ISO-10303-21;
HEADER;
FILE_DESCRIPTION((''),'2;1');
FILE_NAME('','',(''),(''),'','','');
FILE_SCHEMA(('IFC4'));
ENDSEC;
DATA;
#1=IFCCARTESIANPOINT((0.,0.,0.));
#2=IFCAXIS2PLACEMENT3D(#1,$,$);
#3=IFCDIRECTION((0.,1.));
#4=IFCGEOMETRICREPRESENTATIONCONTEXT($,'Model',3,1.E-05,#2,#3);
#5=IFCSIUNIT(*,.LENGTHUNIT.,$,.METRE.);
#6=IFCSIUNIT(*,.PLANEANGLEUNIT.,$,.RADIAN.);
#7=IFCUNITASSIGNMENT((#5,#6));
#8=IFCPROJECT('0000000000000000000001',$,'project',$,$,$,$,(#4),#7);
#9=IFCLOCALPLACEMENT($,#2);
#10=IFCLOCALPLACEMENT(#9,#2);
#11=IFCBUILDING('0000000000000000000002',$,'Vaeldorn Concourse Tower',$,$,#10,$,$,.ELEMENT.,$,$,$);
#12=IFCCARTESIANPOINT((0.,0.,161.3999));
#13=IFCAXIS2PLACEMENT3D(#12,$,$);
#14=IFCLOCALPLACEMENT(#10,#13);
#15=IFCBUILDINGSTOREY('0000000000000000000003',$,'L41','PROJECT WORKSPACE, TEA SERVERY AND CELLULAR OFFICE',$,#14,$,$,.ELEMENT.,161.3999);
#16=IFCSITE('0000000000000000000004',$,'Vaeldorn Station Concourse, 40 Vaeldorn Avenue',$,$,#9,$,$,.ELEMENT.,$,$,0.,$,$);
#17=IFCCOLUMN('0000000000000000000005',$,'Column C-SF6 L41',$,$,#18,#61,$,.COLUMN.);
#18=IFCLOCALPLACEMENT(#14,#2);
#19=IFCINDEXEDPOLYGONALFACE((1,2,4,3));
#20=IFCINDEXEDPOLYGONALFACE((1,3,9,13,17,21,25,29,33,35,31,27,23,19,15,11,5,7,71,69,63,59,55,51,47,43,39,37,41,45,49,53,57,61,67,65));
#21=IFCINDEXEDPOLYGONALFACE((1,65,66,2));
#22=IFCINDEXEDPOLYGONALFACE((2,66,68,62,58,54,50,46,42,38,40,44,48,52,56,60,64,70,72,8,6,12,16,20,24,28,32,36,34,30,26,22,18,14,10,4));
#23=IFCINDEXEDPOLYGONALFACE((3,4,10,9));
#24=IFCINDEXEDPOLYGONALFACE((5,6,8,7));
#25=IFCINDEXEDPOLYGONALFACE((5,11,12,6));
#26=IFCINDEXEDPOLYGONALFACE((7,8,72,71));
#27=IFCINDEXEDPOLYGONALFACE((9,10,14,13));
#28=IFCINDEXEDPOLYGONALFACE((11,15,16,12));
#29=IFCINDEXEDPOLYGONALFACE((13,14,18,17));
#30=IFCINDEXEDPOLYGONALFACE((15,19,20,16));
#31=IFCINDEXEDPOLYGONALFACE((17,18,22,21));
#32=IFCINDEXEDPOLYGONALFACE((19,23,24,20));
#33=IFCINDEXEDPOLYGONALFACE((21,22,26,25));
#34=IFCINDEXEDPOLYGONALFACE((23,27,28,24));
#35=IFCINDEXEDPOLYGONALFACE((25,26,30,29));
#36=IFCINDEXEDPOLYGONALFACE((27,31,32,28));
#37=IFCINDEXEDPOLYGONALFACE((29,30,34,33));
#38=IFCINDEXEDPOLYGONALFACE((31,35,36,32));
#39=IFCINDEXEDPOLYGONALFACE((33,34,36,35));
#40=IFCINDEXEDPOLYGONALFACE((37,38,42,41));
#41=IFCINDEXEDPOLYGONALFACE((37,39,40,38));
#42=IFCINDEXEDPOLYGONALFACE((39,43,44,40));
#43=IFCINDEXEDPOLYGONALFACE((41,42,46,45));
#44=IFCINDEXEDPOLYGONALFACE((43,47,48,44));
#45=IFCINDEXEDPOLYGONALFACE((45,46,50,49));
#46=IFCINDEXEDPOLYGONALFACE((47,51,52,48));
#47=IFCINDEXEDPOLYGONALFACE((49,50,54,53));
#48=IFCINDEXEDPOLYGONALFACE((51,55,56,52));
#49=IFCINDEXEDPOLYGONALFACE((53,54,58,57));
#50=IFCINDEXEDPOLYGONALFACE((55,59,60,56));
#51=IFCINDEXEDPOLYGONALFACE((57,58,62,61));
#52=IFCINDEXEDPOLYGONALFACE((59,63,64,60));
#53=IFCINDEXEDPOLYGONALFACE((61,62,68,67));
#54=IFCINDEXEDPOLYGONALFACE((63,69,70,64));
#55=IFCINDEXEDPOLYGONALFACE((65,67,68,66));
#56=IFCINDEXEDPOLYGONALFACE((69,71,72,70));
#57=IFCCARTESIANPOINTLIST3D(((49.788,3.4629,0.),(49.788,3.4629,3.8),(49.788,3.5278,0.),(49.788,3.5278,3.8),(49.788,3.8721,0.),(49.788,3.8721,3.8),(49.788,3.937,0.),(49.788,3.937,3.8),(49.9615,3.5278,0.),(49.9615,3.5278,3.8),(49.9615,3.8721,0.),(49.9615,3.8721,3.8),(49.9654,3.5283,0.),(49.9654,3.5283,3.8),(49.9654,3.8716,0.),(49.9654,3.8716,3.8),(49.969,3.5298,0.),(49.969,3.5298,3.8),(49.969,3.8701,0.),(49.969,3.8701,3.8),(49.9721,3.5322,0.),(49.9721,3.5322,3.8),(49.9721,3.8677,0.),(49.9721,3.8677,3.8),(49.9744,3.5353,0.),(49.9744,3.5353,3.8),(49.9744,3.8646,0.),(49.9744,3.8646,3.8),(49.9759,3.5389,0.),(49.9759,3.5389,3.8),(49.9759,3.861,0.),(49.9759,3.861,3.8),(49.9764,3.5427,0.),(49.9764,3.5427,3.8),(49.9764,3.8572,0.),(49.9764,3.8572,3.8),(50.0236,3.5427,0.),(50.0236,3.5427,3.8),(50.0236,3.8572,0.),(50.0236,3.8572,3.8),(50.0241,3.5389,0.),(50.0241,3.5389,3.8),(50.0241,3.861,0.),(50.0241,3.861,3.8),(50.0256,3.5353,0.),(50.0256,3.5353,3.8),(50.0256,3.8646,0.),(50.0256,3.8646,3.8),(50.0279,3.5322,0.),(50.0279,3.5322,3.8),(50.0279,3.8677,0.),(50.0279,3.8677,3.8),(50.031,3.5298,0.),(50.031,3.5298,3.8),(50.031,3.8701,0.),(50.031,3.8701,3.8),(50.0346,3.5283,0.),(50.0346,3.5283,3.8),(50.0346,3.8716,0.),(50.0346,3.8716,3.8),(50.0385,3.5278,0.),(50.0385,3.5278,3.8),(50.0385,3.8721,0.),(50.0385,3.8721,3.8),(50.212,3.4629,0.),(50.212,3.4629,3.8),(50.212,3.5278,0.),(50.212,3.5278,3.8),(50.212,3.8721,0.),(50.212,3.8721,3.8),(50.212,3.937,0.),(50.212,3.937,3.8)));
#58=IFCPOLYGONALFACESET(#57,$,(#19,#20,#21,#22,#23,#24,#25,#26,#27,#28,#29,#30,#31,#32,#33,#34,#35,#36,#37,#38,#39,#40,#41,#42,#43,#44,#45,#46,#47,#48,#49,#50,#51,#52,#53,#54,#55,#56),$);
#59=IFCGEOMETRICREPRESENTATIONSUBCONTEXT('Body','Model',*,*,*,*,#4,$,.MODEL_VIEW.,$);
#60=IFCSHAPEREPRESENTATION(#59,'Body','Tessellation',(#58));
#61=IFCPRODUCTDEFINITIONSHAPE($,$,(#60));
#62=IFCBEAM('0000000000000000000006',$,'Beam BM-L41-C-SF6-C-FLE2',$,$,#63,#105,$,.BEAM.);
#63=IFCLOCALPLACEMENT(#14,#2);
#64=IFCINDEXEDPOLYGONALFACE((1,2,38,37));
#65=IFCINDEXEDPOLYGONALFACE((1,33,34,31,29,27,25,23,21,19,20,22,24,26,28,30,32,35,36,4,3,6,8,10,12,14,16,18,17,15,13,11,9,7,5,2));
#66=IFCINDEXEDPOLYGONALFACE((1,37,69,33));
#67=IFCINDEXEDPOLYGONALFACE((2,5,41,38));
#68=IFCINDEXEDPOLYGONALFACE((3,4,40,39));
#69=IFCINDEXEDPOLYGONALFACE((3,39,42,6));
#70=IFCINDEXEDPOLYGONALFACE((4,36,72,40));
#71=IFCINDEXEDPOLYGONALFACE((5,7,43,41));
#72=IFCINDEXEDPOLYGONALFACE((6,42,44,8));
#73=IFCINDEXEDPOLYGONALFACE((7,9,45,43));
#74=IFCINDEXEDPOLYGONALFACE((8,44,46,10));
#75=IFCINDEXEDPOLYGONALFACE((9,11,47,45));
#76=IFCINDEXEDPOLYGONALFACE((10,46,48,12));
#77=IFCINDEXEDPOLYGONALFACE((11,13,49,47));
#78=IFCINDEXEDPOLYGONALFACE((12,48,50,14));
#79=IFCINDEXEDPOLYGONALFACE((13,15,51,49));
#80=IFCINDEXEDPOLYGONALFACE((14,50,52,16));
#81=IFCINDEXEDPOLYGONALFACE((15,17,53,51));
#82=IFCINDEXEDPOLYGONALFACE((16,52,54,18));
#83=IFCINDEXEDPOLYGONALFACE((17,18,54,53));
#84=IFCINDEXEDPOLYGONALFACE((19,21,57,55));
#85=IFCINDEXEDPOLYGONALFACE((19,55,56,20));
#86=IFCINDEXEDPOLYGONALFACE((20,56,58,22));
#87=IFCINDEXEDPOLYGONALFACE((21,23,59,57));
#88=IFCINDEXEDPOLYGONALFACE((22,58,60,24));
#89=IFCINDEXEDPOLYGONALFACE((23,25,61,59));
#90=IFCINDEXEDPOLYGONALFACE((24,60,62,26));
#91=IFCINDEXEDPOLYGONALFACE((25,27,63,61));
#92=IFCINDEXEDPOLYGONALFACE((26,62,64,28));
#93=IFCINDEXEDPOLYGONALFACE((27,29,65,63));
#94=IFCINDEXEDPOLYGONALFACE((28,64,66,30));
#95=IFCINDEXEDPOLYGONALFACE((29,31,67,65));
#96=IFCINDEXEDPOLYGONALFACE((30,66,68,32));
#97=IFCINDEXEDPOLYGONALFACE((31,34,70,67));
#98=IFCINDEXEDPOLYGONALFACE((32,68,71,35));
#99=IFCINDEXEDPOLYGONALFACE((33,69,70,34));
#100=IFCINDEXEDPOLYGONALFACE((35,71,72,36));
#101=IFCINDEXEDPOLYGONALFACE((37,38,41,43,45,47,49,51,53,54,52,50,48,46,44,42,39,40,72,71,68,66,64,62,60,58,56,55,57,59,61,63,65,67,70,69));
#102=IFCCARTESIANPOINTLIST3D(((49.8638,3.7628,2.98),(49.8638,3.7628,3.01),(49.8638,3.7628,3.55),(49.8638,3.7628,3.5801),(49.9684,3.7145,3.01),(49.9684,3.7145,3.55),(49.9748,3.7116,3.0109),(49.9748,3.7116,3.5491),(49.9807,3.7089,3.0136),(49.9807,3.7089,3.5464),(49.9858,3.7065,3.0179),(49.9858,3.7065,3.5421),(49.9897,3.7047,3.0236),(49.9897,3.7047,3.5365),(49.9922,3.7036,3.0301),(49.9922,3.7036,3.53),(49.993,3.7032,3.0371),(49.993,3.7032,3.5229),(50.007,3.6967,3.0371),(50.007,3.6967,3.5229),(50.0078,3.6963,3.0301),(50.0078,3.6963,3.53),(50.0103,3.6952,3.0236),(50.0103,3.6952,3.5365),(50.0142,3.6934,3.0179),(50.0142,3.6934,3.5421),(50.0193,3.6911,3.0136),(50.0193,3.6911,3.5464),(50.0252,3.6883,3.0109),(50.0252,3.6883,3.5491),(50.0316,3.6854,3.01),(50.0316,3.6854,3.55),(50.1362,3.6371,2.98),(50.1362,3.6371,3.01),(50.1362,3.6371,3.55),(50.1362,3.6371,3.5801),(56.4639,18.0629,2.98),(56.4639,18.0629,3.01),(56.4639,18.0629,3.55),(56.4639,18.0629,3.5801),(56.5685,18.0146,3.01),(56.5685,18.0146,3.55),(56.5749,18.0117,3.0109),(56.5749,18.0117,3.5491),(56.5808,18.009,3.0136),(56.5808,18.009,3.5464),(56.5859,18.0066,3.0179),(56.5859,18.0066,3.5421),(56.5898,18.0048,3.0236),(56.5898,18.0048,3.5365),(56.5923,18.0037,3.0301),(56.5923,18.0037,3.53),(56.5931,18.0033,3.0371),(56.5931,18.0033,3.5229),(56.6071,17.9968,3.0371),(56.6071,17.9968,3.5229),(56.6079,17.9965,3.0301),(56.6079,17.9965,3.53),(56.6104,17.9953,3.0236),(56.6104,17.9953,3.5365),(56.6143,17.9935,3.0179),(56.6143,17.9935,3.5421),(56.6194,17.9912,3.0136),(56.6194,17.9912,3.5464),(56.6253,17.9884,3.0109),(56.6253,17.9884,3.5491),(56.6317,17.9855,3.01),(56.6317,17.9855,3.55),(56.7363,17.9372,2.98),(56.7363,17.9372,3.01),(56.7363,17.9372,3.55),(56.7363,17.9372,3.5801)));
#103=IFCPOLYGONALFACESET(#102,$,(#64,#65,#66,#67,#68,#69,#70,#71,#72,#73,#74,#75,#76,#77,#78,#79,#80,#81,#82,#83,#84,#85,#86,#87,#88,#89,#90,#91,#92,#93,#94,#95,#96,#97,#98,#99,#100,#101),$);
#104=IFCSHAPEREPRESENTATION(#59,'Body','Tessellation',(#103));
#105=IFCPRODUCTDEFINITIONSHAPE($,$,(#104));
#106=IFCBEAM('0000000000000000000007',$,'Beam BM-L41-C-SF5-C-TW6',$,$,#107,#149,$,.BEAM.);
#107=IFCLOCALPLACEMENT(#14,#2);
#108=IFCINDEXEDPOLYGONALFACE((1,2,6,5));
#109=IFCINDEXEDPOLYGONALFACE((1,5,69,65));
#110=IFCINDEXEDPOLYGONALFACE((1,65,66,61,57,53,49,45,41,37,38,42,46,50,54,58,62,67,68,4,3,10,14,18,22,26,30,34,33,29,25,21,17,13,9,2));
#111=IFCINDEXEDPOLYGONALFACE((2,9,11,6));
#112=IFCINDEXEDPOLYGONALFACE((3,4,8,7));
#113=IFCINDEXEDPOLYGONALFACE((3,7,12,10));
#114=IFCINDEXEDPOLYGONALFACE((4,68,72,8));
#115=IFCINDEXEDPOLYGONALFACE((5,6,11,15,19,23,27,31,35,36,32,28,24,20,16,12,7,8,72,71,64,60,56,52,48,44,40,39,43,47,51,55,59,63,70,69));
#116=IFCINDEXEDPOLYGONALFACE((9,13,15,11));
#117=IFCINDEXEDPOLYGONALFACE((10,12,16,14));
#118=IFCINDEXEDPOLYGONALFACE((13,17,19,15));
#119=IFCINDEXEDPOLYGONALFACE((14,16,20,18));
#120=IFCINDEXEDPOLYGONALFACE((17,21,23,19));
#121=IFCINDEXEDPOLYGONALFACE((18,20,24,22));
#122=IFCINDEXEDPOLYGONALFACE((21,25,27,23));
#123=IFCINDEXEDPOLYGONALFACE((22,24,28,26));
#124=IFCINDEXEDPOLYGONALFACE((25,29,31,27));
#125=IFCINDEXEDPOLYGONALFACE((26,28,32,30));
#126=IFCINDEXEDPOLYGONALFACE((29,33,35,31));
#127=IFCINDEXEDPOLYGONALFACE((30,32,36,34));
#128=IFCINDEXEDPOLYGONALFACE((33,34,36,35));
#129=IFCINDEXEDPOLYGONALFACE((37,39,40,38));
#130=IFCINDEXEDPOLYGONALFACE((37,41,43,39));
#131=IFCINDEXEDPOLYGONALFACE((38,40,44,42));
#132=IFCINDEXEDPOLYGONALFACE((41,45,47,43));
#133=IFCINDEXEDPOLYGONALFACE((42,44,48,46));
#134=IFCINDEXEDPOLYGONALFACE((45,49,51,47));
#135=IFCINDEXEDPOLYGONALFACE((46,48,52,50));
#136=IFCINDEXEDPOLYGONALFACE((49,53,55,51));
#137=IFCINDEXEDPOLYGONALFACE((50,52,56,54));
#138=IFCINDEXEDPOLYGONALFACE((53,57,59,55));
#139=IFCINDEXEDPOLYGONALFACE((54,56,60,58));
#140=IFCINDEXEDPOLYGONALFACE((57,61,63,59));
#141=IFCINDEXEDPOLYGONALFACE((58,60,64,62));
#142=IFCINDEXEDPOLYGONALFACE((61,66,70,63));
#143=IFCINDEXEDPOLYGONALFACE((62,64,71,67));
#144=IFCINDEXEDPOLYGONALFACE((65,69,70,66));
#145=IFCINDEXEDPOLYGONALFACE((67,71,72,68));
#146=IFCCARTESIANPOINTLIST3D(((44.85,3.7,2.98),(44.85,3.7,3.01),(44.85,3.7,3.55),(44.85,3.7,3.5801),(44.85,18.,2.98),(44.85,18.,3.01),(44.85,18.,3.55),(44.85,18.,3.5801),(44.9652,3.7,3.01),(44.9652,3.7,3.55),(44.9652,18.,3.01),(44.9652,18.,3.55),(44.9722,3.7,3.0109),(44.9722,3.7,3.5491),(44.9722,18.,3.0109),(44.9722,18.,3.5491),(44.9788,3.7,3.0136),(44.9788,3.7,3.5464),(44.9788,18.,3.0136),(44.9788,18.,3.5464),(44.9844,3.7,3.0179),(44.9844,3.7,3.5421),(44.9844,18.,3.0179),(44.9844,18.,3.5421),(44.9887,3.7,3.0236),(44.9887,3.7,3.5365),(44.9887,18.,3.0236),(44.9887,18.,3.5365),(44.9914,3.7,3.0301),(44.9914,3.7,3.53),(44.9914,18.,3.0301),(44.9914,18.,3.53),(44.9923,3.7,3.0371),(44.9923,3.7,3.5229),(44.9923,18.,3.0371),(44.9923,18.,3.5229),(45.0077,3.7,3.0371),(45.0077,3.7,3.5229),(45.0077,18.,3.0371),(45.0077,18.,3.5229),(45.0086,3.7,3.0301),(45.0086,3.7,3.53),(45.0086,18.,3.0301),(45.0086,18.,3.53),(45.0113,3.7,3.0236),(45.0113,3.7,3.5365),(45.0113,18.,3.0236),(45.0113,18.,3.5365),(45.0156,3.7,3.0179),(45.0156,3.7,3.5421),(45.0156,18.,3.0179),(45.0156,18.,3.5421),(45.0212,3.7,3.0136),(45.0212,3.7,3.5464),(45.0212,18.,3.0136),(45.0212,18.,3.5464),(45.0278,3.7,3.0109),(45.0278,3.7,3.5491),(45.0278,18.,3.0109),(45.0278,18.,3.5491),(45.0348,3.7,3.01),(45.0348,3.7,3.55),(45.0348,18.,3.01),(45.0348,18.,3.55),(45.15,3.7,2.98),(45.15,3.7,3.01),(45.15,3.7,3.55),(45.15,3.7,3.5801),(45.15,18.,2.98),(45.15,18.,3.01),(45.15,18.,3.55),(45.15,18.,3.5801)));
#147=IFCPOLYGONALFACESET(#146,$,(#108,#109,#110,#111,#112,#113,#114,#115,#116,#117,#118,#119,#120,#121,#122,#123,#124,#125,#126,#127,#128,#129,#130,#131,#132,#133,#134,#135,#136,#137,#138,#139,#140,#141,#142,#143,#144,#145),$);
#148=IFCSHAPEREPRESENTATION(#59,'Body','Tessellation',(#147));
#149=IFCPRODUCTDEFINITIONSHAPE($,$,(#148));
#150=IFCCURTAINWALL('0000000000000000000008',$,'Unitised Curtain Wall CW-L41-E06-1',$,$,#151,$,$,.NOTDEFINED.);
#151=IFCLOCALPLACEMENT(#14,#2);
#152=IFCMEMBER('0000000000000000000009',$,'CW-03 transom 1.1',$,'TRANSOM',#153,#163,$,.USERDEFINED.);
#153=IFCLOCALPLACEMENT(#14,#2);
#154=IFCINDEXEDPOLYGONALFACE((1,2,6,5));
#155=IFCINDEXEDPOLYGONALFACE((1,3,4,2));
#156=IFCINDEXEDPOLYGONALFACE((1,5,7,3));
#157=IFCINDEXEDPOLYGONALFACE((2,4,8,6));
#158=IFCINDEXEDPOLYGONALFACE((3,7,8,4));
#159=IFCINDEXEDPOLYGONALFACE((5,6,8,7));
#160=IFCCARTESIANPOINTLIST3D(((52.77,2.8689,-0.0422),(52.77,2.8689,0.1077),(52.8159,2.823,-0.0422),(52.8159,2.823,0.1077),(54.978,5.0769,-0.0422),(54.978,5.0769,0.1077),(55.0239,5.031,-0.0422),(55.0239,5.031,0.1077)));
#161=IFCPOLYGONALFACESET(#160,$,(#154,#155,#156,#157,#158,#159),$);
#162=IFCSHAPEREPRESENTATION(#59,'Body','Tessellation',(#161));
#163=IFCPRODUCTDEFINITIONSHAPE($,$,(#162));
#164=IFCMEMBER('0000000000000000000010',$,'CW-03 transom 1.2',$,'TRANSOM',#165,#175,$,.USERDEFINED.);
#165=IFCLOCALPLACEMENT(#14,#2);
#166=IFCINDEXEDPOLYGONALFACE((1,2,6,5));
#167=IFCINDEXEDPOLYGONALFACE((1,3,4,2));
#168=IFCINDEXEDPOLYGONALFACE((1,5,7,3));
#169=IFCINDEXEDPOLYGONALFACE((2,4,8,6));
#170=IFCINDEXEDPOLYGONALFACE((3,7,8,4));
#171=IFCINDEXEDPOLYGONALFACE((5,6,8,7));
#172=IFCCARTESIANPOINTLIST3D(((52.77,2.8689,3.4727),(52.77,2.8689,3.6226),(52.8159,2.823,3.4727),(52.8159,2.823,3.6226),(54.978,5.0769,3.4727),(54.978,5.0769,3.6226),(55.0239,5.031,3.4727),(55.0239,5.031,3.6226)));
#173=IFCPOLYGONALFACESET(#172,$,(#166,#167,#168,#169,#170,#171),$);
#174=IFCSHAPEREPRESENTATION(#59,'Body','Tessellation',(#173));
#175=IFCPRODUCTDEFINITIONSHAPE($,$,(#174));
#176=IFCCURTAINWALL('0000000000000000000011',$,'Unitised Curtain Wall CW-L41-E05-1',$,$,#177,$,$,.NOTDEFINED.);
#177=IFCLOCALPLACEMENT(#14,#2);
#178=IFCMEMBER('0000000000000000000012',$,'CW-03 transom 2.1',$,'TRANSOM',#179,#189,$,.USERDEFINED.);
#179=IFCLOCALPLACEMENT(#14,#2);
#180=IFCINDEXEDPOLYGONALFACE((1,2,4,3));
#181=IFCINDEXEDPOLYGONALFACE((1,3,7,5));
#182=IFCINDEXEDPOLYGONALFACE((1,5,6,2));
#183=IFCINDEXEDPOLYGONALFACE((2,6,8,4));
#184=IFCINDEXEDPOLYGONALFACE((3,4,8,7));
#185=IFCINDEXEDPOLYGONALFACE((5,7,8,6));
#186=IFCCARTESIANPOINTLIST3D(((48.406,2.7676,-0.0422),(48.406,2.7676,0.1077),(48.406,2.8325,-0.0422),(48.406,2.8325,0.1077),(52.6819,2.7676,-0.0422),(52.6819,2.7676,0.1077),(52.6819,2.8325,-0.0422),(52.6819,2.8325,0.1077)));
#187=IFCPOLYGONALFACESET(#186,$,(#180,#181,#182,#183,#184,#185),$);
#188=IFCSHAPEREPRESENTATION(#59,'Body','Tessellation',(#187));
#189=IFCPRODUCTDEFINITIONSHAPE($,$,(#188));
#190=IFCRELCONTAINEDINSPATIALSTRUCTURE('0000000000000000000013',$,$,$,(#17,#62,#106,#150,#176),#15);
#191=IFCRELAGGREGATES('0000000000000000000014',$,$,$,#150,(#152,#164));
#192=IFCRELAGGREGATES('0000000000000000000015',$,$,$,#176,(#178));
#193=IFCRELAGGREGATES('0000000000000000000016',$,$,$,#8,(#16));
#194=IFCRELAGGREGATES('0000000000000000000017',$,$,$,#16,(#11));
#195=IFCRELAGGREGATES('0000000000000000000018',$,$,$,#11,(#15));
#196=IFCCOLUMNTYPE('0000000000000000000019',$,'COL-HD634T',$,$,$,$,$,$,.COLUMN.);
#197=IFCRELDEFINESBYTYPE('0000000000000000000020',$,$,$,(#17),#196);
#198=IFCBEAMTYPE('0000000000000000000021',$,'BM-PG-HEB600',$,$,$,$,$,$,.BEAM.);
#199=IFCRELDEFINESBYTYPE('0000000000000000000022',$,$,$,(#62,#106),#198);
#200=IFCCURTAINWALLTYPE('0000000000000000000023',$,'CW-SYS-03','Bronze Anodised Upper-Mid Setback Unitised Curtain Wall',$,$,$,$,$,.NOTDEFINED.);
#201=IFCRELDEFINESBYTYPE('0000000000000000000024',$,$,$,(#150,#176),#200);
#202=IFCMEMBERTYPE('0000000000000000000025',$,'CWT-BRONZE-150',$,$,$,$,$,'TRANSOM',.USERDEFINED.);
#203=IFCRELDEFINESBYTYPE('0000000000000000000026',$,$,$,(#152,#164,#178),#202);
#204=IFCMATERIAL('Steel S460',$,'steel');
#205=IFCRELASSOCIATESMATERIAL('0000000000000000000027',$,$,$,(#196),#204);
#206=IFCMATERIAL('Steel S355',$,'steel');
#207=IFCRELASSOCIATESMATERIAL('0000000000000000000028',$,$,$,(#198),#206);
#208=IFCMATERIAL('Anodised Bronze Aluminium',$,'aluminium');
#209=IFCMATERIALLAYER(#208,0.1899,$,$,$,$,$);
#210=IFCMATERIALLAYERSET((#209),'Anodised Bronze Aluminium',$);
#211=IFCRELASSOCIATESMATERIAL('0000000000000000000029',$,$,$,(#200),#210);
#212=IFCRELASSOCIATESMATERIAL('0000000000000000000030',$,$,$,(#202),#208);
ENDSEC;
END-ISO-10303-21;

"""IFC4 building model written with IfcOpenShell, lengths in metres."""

from ifc_helpers import new_model, si_unit, direction, frame, origin, origin_2d, place, context, subcontext, project, spatial, rectangle, i_section, extrude, source, transform, mapped, material, layer, layer_set, material_profile, profile_set, type_object, element, aggregate, save


model = new_model("IFC4")

# Units and contexts
model_context = context("Model", 3, precision=1e-05, world=origin(), true_north=direction((0.0, 1.0)))
body_context = subcontext(model_context, "Body", "Model", "MODEL_VIEW")
ifc_project = project(units=[si_unit("LENGTHUNIT", "METRE"), si_unit("PLANEANGLEUNIT", "RADIAN")], contexts=[model_context])

# Site, building, storey
site_placement = place(None, origin())
site = spatial("IfcSite", under=ifc_project, at=site_placement, Name="Vaeldorn Station Concourse, 40 Vaeldorn Avenue", CompositionType="ELEMENT", RefElevation=0.0)
building_placement = place(site_placement, origin())
building = spatial("IfcBuilding", under=site, at=building_placement, Name="Vaeldorn Concourse Tower", CompositionType="ELEMENT")
storey_placement = place(building_placement, frame((0.0, 0.0, 161.3999)))
storey = spatial("IfcBuildingStorey", under=building, at=storey_placement, Name="L41", Description="PROJECT WORKSPACE, TEA SERVERY AND CELLULAR OFFICE", CompositionType="ELEMENT", Elevation=161.3999)

# Column
ifc_material_1 = material(Name="Steel S460", Category="steel")
ifc_material_profile_1 = material_profile(ifc_material_1, i_section(OverallWidth=0.4241, OverallDepth=0.4741, WebThickness=0.0471, FlangeThickness=0.0649, FilletRadius=0.0149, at=origin_2d()), Name="HD 400x634")
ifc_profile_set_1 = profile_set([ifc_material_profile_1], Name="Steel S460")
column_type = type_object("IfcColumnType", Name="COL-HD634T", PredefinedType="COLUMN", material=ifc_profile_set_1)
shared_shape_1 = source(origin(), body_context, "Body", "SweptSolid", [
    extrude(i_section(OverallWidth=0.4241, OverallDepth=0.4741, WebThickness=0.0471, FlangeThickness=0.0649, FilletRadius=0.0149, at=origin_2d()), origin(), (0.0, 0.0, 1.0), 3.8),
])
column_placement = place(storey_placement, frame((50.0, 3.7, 0.0), z_axis=(0.0, 0.0, 1.0), x_axis=(1.0, 0.0, 0.0)))
element("IfcColumn", 1, at=column_placement, inside=storey, type_object=column_type, Name="Column C-SF6 L41", PredefinedType="COLUMN", context=body_context, shape_type="MappedRepresentation", body=[
    mapped(shared_shape_1, transform((0.0, 0.0, 0.0), scale=1.0)),
])

# Beams
ifc_material_2 = material(Name="Steel S355", Category="steel")
ifc_material_profile_2 = material_profile(ifc_material_2, i_section(OverallWidth=0.3, OverallDepth=0.6001, WebThickness=0.0154, FlangeThickness=0.03, FilletRadius=0.0271, at=origin_2d()), Name="HEB 600")
ifc_profile_set_2 = profile_set([ifc_material_profile_2], Name="Steel S355")
beam_type = type_object("IfcBeamType", Name="BM-PG-HEB600", PredefinedType="BEAM", material=ifc_profile_set_2)
shared_shape_2 = source(origin(), body_context, "Body", "SweptSolid", [
    extrude(i_section(OverallWidth=0.3, OverallDepth=0.6001, WebThickness=0.0154, FlangeThickness=0.03, FilletRadius=0.0271, at=origin_2d()), origin(), (0.0, 0.0, 1.0), 15.7498),
])
beam_1_placement = place(storey_placement, frame((50.0, 3.7, 3.28), z_axis=(0.419062, 0.907958, 0.0), x_axis=(-0.907958, 0.419062, 0.0)))
element("IfcBeam", 2, at=beam_1_placement, inside=storey, type_object=beam_type, Name="Beam BM-L41-C-SF6-C-FLE2", PredefinedType="BEAM", context=body_context, shape_type="MappedRepresentation", body=[
    mapped(shared_shape_2, transform((0.0, 0.0, 0.0), scale=1.0)),
])
shared_shape_3 = source(origin(), body_context, "Body", "SweptSolid", [
    extrude(i_section(OverallWidth=0.3, OverallDepth=0.6001, WebThickness=0.0154, FlangeThickness=0.03, FilletRadius=0.0271, at=origin_2d()), origin(), (0.0, 0.0, 1.0), 14.3),
])
beam_2_placement = place(storey_placement, frame((45.0, 3.7, 3.28), z_axis=(0.0, 1.0, 0.0), x_axis=(-1.0, 0.0, 0.0)))
element("IfcBeam", 3, at=beam_2_placement, inside=storey, type_object=beam_type, Name="Beam BM-L41-C-SF5-C-TW6", PredefinedType="BEAM", context=body_context, shape_type="MappedRepresentation", body=[
    mapped(shared_shape_3, transform((0.0, 0.0, 0.0), scale=1.0)),
])

# Curtain walls, members
ifc_material_3 = material(Name="Anodised Bronze Aluminium", Category="aluminium")
ifc_layer_1 = layer(ifc_material_3, 0.1899)
ifc_layer_set_1 = layer_set([ifc_layer_1], Name="Anodised Bronze Aluminium")
curtain_wall_type = type_object("IfcCurtainWallType", Name="CW-SYS-03", Description="Bronze Anodised Upper-Mid Setback Unitised Curtain Wall", PredefinedType="NOTDEFINED", material=ifc_layer_set_1)
curtain_wall_1_placement = place(storey_placement, origin())
curtain_wall_1 = element("IfcCurtainWall", 4, at=curtain_wall_1_placement, inside=storey, type_object=curtain_wall_type, Name="Unitised Curtain Wall CW-L41-E06-1", PredefinedType="NOTDEFINED")
ifc_material_profile_3 = material_profile(ifc_material_3, rectangle(XDim=0.0649, YDim=0.1499, at=origin_2d()), Name="CWT 65x150")
ifc_profile_set_3 = profile_set([ifc_material_profile_3], Name="Anodised Bronze Aluminium")
member_type_1 = type_object("IfcMemberType", Name="CWT-BRONZE-150", ElementType="TRANSOM", PredefinedType="USERDEFINED", material=ifc_profile_set_3)
shared_shape_4 = source(origin(), body_context, "Body", "SweptSolid", [
    extrude(rectangle(XDim=0.0649, YDim=0.1499, at=origin_2d()), origin(), (0.0, 0.0, 1.0), 3.1226),
])
member_1_placement = place(storey_placement, frame((52.793, 2.8459, 0.0327), z_axis=(0.707107, 0.707107, 0.0), x_axis=(-0.707107, 0.707107, 0.0)))
member_1 = element("IfcMember", 5, at=member_1_placement, type_object=member_type_1, Name="CW-03 transom 1.1", ObjectType="TRANSOM", PredefinedType="USERDEFINED", context=body_context, shape_type="MappedRepresentation", body=[
    mapped(shared_shape_4, transform((0.0, 0.0, 0.0), scale=1.0)),
])
member_2_placement = place(storey_placement, frame((52.793, 2.8459, 3.5476), z_axis=(0.707107, 0.707107, 0.0), x_axis=(-0.707107, 0.707107, 0.0)))
member_2 = element("IfcMember", 6, at=member_2_placement, type_object=member_type_1, Name="CW-03 transom 1.2", ObjectType="TRANSOM", PredefinedType="USERDEFINED", context=body_context, shape_type="MappedRepresentation", body=[
    mapped(shared_shape_4, transform((0.0, 0.0, 0.0), scale=1.0)),
])
curtain_wall_2_placement = place(storey_placement, origin())
curtain_wall_2 = element("IfcCurtainWall", 7, at=curtain_wall_2_placement, inside=storey, type_object=curtain_wall_type, Name="Unitised Curtain Wall CW-L41-E05-1", PredefinedType="NOTDEFINED")
shared_shape_5 = source(origin(), body_context, "Body", "SweptSolid", [
    extrude(rectangle(XDim=0.0649, YDim=0.1499, at=origin_2d()), origin(), (0.0, 0.0, 1.0), 4.2759),
])
member_3_placement = place(storey_placement, frame((48.406, 2.8, 0.0327), z_axis=(1.0, 0.0, 0.0), x_axis=(0.0, 1.0, 0.0)))
member_3 = element("IfcMember", 8, at=member_3_placement, type_object=member_type_1, Name="CW-03 transom 2.1", ObjectType="TRANSOM", PredefinedType="USERDEFINED", context=body_context, shape_type="MappedRepresentation", body=[
    mapped(shared_shape_5, transform((0.0, 0.0, 0.0), scale=1.0)),
])

aggregate(curtain_wall_1, [member_1, member_2])
aggregate(curtain_wall_2, [member_3])

save(model, "model.ifc")
